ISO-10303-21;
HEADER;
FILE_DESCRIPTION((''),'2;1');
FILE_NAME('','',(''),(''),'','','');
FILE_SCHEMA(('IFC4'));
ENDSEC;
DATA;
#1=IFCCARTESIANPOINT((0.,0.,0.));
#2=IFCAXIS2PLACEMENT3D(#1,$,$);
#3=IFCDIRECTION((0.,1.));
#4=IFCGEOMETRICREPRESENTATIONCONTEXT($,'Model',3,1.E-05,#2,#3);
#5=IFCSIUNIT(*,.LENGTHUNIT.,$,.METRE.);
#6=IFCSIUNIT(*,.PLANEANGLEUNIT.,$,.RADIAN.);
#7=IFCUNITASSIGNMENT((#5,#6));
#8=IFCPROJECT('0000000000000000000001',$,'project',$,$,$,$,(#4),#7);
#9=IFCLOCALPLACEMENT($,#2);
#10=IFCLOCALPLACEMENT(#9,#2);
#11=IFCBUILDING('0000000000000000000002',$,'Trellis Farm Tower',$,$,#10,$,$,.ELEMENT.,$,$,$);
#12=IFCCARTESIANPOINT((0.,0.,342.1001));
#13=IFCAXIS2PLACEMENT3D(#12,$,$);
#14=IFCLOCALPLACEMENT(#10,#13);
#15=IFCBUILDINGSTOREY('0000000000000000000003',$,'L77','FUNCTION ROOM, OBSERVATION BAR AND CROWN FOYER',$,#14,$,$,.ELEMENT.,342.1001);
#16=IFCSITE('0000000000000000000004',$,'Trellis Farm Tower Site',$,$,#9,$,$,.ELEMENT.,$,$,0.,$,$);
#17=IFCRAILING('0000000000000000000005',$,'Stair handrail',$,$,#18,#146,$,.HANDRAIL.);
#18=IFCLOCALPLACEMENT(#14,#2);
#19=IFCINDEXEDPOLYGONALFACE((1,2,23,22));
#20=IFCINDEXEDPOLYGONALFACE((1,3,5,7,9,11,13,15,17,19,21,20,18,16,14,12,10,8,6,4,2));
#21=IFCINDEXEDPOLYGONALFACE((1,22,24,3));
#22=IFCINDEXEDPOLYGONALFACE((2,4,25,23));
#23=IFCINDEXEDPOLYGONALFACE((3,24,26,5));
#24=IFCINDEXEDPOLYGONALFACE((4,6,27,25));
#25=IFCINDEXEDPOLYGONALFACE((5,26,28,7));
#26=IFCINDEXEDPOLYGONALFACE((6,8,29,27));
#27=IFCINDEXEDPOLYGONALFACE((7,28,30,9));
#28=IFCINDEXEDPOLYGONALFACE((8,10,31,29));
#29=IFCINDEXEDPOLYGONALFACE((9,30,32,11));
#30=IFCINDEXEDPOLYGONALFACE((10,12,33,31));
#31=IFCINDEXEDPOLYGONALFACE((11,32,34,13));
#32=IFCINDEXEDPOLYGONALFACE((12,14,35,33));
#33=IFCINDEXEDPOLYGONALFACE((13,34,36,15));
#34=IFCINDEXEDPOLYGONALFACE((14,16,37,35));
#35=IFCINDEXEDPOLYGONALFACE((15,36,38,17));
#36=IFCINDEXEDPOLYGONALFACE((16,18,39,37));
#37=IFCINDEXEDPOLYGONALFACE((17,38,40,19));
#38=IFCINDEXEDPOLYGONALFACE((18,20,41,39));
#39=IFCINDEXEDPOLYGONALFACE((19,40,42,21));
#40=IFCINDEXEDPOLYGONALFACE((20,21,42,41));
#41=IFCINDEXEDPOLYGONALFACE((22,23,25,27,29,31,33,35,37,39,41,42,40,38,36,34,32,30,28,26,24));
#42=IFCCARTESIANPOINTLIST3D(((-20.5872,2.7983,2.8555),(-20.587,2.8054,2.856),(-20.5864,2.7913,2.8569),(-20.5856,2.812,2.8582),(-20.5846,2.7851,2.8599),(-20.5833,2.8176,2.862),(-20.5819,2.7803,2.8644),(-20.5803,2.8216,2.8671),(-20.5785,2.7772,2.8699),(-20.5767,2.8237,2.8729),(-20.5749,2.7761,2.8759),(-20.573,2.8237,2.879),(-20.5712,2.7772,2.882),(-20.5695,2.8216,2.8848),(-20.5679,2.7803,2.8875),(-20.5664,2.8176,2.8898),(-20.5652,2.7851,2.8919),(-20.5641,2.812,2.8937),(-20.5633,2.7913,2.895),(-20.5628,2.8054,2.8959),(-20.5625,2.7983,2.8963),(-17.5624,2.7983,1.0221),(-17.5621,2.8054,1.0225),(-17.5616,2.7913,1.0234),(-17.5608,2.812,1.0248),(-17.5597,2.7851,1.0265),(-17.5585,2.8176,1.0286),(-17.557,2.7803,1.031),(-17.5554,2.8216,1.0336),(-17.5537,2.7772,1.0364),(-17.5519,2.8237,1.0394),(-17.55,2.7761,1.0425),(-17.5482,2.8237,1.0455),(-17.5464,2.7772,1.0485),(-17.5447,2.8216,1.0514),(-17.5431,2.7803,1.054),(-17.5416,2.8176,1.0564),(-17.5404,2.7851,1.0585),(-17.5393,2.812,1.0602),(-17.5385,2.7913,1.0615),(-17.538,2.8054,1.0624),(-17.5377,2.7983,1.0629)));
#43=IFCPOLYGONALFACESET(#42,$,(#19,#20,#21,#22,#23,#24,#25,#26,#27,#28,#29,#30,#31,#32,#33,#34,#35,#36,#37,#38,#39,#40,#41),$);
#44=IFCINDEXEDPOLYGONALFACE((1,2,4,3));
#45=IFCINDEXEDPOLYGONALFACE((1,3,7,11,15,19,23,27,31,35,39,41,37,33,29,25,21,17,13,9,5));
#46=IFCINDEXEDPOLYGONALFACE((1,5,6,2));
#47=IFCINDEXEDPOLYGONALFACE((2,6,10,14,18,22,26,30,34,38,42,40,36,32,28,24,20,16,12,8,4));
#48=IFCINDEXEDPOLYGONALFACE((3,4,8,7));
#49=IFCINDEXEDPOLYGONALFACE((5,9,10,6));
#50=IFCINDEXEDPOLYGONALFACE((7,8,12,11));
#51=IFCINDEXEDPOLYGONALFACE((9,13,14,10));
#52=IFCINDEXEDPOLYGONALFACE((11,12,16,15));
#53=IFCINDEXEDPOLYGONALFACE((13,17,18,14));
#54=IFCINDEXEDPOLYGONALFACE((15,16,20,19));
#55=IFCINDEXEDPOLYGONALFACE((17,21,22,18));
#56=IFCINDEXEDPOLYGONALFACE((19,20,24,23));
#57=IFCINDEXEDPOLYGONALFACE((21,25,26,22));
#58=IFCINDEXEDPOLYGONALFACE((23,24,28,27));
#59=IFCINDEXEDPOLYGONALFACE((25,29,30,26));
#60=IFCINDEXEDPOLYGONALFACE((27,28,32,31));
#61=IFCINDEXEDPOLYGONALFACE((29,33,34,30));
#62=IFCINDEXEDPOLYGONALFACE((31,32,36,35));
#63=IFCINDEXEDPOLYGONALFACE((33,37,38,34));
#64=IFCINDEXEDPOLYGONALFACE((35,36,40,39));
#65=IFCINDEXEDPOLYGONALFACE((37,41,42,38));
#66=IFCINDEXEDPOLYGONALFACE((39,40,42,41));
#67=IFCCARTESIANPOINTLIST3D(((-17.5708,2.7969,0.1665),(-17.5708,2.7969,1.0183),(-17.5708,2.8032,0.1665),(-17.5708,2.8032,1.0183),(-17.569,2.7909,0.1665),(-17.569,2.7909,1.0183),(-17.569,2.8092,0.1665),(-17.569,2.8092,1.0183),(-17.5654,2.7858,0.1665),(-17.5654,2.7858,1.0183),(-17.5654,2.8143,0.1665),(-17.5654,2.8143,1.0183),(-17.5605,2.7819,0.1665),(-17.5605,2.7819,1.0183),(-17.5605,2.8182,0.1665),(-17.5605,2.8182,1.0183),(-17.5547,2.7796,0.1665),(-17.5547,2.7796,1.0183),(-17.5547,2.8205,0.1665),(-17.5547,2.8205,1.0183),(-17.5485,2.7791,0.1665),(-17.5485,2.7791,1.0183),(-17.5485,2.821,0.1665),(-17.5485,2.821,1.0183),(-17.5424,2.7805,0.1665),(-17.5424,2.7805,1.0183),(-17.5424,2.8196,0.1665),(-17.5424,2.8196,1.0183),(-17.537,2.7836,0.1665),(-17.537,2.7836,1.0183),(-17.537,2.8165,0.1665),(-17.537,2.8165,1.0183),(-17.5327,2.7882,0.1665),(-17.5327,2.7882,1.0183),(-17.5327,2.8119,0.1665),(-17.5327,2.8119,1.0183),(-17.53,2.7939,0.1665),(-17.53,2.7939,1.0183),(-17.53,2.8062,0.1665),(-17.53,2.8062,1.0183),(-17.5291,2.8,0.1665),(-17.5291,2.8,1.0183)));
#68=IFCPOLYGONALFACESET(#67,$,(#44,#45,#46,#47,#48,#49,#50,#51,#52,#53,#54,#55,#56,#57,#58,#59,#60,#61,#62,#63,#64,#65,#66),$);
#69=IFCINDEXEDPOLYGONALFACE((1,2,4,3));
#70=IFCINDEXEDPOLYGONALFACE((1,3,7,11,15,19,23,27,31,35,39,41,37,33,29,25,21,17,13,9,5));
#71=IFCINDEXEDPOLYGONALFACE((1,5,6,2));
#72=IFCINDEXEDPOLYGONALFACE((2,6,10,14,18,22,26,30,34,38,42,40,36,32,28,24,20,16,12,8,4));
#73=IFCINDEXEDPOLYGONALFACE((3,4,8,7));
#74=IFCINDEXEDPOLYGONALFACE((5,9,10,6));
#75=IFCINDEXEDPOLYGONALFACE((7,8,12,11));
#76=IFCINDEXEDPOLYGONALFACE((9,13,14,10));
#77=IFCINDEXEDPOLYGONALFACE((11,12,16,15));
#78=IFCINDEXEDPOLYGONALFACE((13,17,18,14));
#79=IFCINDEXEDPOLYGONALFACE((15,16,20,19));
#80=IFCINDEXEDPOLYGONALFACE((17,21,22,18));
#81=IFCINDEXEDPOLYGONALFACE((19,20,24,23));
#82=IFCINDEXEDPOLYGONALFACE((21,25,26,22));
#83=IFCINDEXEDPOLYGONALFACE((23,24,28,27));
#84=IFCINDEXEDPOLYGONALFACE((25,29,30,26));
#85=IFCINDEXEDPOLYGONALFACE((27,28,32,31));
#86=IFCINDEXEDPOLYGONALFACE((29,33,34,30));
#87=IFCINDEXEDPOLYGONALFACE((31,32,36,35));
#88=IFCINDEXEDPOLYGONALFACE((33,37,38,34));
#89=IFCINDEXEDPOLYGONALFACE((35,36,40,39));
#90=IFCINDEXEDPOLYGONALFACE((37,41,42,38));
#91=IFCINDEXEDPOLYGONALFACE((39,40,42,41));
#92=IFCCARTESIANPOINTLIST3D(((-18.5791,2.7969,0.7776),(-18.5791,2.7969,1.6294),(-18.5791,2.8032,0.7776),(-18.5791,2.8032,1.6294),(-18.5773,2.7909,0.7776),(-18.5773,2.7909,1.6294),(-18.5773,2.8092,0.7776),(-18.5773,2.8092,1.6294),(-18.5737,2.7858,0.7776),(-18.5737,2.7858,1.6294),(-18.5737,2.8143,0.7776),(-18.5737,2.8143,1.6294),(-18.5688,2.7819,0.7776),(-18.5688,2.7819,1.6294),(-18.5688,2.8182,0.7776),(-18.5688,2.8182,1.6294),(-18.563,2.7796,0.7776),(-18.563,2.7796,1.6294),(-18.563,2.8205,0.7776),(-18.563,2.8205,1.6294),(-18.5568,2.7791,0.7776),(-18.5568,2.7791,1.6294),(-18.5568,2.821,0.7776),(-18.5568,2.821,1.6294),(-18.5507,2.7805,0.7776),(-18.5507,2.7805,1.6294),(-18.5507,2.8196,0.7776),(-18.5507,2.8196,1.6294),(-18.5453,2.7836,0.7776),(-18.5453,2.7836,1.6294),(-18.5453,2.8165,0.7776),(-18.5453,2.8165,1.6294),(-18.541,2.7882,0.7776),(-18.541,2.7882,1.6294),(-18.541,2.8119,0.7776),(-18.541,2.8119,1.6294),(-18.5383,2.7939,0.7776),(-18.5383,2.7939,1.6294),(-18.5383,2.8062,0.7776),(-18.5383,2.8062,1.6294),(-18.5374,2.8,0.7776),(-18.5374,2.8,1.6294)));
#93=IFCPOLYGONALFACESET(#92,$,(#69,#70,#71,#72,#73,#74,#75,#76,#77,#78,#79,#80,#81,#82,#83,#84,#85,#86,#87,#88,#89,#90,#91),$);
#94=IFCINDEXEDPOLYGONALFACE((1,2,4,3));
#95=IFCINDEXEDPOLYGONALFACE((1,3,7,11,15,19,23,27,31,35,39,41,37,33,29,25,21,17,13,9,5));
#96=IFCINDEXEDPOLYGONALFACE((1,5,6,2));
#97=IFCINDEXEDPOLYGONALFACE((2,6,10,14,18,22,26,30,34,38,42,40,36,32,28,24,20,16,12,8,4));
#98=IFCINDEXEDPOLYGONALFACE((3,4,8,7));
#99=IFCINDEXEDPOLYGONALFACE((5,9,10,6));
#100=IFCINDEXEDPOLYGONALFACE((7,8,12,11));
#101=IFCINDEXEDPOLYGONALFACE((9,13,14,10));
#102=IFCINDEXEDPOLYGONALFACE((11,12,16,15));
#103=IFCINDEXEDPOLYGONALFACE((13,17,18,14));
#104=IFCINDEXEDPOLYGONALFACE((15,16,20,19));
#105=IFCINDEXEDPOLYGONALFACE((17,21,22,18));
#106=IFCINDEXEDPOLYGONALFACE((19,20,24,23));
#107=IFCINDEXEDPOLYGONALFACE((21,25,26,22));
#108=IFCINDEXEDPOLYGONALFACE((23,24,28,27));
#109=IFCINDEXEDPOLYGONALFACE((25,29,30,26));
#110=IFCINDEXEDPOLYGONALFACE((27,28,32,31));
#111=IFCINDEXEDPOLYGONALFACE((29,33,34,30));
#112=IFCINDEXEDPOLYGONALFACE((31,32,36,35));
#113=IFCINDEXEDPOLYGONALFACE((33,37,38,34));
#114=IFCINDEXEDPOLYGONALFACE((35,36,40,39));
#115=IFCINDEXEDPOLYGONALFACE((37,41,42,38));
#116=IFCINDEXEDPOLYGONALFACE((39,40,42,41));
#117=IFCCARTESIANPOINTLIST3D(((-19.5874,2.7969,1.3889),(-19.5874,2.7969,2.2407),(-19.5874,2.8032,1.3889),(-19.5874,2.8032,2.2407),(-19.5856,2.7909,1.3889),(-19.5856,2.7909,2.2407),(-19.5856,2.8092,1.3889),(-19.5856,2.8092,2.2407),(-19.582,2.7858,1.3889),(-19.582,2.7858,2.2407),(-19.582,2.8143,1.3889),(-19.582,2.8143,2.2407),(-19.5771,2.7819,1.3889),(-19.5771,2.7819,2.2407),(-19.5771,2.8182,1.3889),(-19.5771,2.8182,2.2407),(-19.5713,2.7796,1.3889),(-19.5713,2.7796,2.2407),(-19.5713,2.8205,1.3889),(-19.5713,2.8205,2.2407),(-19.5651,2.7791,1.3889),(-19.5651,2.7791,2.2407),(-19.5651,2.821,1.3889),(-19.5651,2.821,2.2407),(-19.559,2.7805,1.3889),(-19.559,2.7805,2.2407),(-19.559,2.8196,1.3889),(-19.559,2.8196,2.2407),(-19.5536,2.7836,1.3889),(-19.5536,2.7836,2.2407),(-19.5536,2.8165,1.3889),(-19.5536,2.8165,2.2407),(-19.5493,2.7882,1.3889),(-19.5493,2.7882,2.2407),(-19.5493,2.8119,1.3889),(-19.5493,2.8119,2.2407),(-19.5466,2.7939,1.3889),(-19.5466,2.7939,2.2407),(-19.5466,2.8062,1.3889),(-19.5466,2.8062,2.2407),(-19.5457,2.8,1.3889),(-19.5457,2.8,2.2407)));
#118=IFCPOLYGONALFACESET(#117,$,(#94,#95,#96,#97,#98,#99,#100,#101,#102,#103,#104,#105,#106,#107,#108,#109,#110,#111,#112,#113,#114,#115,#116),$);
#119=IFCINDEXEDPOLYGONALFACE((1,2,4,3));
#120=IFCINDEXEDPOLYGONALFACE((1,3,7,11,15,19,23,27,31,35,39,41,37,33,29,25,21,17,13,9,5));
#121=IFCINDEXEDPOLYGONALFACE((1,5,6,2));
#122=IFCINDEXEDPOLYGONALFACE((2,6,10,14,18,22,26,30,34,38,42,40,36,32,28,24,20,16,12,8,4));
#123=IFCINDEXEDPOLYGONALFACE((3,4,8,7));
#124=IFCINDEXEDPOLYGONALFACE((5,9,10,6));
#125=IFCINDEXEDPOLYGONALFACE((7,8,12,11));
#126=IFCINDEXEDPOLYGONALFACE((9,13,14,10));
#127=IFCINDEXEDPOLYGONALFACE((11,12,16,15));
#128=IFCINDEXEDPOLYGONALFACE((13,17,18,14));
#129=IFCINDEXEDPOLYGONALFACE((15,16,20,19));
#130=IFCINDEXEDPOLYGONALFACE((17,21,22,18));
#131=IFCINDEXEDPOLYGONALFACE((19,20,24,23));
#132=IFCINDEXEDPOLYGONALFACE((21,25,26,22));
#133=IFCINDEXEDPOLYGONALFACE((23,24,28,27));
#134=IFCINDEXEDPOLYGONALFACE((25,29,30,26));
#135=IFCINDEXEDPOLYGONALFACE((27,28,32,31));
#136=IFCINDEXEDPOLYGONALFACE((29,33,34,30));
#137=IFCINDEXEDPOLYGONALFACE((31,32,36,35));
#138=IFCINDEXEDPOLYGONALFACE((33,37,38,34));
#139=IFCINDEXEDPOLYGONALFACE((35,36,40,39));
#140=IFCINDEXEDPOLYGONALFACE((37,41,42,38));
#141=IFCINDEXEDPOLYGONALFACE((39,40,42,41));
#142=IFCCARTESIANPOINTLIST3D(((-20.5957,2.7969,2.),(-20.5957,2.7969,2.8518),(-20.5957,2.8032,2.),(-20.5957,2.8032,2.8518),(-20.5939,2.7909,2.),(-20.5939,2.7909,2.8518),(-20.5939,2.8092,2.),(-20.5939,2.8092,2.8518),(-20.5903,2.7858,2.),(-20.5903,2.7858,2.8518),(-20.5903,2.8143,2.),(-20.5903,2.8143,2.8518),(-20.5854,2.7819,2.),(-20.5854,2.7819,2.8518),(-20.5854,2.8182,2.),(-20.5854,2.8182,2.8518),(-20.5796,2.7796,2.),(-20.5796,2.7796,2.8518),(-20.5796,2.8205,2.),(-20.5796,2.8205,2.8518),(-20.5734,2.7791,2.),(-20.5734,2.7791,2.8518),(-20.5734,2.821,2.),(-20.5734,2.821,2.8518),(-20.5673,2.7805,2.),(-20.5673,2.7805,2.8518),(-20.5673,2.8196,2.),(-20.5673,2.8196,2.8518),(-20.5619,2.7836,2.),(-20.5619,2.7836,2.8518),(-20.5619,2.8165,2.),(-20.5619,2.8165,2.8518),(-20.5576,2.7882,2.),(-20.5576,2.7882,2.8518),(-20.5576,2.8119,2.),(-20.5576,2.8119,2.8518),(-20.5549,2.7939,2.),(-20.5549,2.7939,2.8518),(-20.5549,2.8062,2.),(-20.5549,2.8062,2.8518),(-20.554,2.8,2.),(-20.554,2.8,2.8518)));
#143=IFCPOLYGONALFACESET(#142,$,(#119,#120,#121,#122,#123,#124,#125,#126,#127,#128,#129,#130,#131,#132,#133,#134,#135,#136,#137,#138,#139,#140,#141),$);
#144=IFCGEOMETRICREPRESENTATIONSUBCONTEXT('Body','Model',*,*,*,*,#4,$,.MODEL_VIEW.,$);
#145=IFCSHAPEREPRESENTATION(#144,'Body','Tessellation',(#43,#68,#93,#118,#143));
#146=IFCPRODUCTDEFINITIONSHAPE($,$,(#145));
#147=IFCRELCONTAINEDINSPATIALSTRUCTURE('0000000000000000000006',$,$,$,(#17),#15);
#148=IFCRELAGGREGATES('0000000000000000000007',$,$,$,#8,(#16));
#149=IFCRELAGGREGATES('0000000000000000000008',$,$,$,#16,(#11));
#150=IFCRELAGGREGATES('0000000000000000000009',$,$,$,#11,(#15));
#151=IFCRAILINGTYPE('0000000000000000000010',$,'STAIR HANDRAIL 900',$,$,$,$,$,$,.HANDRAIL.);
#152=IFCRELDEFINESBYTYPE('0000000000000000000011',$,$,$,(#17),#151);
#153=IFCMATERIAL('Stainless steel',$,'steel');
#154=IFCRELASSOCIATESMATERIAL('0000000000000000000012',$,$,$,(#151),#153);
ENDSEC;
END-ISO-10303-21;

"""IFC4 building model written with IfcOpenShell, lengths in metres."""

from ifc_helpers import new_model, si_unit, direction, frame, origin, origin_2d, place, context, subcontext, project, spatial, circle, extrude, source, transform, mapped, material, type_object, element, save


model = new_model("IFC4")

# Units and contexts
model_context = context("Model", 3, precision=1e-05, world=origin(), true_north=direction((0.0, 1.0)))
body_context = subcontext(model_context, "Body", "Model", "MODEL_VIEW")
ifc_project = project(units=[si_unit("LENGTHUNIT", "METRE"), si_unit("PLANEANGLEUNIT", "RADIAN")], contexts=[model_context])

# Site, building, storey
site_placement = place(None, origin())
site = spatial("IfcSite", under=ifc_project, at=site_placement, Name="Trellis Farm Tower Site", CompositionType="ELEMENT", RefElevation=0.0)
building_placement = place(site_placement, origin())
building = spatial("IfcBuilding", under=site, at=building_placement, Name="Trellis Farm Tower", CompositionType="ELEMENT")
storey_placement = place(building_placement, frame((0.0, 0.0, 342.1001)))
storey = spatial("IfcBuildingStorey", under=building, at=storey_placement, Name="L77", Description="FUNCTION ROOM, OBSERVATION BAR AND CROWN FOYER", CompositionType="ELEMENT", Elevation=342.1001)

# Railing
ifc_material_1 = material(Name="Stainless steel", Category="steel")
railing_type = type_object("IfcRailingType", Name="STAIR HANDRAIL 900", PredefinedType="HANDRAIL", material=ifc_material_1)
shared_shape_1 = source(origin(), body_context, "Body", "SweptSolid", [
    extrude(circle(Radius=0.0239, at=origin_2d()), frame((0.0, 0.0, 0.876), z_axis=(-0.85517, 0.0, 0.518348), x_axis=(0.0, -1.0, 0.0)), (0.0, 0.0, 1.0), 3.5371),
    extrude(circle(Radius=0.021, at=origin_2d()), origin(), (0.0, 0.0, 1.0), 0.8518),
    extrude(circle(Radius=0.021, at=origin_2d()), frame((-1.0083, 0.0, 0.6111)), (0.0, 0.0, 1.0), 0.8518),
    extrude(circle(Radius=0.021, at=origin_2d()), frame((-2.0166, 0.0, 1.2224)), (0.0, 0.0, 1.0), 0.8518),
    extrude(circle(Radius=0.021, at=origin_2d()), frame((-3.0249, 0.0, 1.8335)), (0.0, 0.0, 1.0), 0.8518),
])
for number, where, name in (
    (1, (-17.55, 2.8, 0.1665), "Stair handrail"),
):
    element("IfcRailing", number, at=place(storey_placement, frame(where)), inside=storey, type_object=railing_type, Name=name, PredefinedType="HANDRAIL", context=body_context, shape_type="MappedRepresentation", body=[
        mapped(shared_shape_1, transform((0.0, 0.0, 0.0))),
    ])

save(model, "model.ifc")
